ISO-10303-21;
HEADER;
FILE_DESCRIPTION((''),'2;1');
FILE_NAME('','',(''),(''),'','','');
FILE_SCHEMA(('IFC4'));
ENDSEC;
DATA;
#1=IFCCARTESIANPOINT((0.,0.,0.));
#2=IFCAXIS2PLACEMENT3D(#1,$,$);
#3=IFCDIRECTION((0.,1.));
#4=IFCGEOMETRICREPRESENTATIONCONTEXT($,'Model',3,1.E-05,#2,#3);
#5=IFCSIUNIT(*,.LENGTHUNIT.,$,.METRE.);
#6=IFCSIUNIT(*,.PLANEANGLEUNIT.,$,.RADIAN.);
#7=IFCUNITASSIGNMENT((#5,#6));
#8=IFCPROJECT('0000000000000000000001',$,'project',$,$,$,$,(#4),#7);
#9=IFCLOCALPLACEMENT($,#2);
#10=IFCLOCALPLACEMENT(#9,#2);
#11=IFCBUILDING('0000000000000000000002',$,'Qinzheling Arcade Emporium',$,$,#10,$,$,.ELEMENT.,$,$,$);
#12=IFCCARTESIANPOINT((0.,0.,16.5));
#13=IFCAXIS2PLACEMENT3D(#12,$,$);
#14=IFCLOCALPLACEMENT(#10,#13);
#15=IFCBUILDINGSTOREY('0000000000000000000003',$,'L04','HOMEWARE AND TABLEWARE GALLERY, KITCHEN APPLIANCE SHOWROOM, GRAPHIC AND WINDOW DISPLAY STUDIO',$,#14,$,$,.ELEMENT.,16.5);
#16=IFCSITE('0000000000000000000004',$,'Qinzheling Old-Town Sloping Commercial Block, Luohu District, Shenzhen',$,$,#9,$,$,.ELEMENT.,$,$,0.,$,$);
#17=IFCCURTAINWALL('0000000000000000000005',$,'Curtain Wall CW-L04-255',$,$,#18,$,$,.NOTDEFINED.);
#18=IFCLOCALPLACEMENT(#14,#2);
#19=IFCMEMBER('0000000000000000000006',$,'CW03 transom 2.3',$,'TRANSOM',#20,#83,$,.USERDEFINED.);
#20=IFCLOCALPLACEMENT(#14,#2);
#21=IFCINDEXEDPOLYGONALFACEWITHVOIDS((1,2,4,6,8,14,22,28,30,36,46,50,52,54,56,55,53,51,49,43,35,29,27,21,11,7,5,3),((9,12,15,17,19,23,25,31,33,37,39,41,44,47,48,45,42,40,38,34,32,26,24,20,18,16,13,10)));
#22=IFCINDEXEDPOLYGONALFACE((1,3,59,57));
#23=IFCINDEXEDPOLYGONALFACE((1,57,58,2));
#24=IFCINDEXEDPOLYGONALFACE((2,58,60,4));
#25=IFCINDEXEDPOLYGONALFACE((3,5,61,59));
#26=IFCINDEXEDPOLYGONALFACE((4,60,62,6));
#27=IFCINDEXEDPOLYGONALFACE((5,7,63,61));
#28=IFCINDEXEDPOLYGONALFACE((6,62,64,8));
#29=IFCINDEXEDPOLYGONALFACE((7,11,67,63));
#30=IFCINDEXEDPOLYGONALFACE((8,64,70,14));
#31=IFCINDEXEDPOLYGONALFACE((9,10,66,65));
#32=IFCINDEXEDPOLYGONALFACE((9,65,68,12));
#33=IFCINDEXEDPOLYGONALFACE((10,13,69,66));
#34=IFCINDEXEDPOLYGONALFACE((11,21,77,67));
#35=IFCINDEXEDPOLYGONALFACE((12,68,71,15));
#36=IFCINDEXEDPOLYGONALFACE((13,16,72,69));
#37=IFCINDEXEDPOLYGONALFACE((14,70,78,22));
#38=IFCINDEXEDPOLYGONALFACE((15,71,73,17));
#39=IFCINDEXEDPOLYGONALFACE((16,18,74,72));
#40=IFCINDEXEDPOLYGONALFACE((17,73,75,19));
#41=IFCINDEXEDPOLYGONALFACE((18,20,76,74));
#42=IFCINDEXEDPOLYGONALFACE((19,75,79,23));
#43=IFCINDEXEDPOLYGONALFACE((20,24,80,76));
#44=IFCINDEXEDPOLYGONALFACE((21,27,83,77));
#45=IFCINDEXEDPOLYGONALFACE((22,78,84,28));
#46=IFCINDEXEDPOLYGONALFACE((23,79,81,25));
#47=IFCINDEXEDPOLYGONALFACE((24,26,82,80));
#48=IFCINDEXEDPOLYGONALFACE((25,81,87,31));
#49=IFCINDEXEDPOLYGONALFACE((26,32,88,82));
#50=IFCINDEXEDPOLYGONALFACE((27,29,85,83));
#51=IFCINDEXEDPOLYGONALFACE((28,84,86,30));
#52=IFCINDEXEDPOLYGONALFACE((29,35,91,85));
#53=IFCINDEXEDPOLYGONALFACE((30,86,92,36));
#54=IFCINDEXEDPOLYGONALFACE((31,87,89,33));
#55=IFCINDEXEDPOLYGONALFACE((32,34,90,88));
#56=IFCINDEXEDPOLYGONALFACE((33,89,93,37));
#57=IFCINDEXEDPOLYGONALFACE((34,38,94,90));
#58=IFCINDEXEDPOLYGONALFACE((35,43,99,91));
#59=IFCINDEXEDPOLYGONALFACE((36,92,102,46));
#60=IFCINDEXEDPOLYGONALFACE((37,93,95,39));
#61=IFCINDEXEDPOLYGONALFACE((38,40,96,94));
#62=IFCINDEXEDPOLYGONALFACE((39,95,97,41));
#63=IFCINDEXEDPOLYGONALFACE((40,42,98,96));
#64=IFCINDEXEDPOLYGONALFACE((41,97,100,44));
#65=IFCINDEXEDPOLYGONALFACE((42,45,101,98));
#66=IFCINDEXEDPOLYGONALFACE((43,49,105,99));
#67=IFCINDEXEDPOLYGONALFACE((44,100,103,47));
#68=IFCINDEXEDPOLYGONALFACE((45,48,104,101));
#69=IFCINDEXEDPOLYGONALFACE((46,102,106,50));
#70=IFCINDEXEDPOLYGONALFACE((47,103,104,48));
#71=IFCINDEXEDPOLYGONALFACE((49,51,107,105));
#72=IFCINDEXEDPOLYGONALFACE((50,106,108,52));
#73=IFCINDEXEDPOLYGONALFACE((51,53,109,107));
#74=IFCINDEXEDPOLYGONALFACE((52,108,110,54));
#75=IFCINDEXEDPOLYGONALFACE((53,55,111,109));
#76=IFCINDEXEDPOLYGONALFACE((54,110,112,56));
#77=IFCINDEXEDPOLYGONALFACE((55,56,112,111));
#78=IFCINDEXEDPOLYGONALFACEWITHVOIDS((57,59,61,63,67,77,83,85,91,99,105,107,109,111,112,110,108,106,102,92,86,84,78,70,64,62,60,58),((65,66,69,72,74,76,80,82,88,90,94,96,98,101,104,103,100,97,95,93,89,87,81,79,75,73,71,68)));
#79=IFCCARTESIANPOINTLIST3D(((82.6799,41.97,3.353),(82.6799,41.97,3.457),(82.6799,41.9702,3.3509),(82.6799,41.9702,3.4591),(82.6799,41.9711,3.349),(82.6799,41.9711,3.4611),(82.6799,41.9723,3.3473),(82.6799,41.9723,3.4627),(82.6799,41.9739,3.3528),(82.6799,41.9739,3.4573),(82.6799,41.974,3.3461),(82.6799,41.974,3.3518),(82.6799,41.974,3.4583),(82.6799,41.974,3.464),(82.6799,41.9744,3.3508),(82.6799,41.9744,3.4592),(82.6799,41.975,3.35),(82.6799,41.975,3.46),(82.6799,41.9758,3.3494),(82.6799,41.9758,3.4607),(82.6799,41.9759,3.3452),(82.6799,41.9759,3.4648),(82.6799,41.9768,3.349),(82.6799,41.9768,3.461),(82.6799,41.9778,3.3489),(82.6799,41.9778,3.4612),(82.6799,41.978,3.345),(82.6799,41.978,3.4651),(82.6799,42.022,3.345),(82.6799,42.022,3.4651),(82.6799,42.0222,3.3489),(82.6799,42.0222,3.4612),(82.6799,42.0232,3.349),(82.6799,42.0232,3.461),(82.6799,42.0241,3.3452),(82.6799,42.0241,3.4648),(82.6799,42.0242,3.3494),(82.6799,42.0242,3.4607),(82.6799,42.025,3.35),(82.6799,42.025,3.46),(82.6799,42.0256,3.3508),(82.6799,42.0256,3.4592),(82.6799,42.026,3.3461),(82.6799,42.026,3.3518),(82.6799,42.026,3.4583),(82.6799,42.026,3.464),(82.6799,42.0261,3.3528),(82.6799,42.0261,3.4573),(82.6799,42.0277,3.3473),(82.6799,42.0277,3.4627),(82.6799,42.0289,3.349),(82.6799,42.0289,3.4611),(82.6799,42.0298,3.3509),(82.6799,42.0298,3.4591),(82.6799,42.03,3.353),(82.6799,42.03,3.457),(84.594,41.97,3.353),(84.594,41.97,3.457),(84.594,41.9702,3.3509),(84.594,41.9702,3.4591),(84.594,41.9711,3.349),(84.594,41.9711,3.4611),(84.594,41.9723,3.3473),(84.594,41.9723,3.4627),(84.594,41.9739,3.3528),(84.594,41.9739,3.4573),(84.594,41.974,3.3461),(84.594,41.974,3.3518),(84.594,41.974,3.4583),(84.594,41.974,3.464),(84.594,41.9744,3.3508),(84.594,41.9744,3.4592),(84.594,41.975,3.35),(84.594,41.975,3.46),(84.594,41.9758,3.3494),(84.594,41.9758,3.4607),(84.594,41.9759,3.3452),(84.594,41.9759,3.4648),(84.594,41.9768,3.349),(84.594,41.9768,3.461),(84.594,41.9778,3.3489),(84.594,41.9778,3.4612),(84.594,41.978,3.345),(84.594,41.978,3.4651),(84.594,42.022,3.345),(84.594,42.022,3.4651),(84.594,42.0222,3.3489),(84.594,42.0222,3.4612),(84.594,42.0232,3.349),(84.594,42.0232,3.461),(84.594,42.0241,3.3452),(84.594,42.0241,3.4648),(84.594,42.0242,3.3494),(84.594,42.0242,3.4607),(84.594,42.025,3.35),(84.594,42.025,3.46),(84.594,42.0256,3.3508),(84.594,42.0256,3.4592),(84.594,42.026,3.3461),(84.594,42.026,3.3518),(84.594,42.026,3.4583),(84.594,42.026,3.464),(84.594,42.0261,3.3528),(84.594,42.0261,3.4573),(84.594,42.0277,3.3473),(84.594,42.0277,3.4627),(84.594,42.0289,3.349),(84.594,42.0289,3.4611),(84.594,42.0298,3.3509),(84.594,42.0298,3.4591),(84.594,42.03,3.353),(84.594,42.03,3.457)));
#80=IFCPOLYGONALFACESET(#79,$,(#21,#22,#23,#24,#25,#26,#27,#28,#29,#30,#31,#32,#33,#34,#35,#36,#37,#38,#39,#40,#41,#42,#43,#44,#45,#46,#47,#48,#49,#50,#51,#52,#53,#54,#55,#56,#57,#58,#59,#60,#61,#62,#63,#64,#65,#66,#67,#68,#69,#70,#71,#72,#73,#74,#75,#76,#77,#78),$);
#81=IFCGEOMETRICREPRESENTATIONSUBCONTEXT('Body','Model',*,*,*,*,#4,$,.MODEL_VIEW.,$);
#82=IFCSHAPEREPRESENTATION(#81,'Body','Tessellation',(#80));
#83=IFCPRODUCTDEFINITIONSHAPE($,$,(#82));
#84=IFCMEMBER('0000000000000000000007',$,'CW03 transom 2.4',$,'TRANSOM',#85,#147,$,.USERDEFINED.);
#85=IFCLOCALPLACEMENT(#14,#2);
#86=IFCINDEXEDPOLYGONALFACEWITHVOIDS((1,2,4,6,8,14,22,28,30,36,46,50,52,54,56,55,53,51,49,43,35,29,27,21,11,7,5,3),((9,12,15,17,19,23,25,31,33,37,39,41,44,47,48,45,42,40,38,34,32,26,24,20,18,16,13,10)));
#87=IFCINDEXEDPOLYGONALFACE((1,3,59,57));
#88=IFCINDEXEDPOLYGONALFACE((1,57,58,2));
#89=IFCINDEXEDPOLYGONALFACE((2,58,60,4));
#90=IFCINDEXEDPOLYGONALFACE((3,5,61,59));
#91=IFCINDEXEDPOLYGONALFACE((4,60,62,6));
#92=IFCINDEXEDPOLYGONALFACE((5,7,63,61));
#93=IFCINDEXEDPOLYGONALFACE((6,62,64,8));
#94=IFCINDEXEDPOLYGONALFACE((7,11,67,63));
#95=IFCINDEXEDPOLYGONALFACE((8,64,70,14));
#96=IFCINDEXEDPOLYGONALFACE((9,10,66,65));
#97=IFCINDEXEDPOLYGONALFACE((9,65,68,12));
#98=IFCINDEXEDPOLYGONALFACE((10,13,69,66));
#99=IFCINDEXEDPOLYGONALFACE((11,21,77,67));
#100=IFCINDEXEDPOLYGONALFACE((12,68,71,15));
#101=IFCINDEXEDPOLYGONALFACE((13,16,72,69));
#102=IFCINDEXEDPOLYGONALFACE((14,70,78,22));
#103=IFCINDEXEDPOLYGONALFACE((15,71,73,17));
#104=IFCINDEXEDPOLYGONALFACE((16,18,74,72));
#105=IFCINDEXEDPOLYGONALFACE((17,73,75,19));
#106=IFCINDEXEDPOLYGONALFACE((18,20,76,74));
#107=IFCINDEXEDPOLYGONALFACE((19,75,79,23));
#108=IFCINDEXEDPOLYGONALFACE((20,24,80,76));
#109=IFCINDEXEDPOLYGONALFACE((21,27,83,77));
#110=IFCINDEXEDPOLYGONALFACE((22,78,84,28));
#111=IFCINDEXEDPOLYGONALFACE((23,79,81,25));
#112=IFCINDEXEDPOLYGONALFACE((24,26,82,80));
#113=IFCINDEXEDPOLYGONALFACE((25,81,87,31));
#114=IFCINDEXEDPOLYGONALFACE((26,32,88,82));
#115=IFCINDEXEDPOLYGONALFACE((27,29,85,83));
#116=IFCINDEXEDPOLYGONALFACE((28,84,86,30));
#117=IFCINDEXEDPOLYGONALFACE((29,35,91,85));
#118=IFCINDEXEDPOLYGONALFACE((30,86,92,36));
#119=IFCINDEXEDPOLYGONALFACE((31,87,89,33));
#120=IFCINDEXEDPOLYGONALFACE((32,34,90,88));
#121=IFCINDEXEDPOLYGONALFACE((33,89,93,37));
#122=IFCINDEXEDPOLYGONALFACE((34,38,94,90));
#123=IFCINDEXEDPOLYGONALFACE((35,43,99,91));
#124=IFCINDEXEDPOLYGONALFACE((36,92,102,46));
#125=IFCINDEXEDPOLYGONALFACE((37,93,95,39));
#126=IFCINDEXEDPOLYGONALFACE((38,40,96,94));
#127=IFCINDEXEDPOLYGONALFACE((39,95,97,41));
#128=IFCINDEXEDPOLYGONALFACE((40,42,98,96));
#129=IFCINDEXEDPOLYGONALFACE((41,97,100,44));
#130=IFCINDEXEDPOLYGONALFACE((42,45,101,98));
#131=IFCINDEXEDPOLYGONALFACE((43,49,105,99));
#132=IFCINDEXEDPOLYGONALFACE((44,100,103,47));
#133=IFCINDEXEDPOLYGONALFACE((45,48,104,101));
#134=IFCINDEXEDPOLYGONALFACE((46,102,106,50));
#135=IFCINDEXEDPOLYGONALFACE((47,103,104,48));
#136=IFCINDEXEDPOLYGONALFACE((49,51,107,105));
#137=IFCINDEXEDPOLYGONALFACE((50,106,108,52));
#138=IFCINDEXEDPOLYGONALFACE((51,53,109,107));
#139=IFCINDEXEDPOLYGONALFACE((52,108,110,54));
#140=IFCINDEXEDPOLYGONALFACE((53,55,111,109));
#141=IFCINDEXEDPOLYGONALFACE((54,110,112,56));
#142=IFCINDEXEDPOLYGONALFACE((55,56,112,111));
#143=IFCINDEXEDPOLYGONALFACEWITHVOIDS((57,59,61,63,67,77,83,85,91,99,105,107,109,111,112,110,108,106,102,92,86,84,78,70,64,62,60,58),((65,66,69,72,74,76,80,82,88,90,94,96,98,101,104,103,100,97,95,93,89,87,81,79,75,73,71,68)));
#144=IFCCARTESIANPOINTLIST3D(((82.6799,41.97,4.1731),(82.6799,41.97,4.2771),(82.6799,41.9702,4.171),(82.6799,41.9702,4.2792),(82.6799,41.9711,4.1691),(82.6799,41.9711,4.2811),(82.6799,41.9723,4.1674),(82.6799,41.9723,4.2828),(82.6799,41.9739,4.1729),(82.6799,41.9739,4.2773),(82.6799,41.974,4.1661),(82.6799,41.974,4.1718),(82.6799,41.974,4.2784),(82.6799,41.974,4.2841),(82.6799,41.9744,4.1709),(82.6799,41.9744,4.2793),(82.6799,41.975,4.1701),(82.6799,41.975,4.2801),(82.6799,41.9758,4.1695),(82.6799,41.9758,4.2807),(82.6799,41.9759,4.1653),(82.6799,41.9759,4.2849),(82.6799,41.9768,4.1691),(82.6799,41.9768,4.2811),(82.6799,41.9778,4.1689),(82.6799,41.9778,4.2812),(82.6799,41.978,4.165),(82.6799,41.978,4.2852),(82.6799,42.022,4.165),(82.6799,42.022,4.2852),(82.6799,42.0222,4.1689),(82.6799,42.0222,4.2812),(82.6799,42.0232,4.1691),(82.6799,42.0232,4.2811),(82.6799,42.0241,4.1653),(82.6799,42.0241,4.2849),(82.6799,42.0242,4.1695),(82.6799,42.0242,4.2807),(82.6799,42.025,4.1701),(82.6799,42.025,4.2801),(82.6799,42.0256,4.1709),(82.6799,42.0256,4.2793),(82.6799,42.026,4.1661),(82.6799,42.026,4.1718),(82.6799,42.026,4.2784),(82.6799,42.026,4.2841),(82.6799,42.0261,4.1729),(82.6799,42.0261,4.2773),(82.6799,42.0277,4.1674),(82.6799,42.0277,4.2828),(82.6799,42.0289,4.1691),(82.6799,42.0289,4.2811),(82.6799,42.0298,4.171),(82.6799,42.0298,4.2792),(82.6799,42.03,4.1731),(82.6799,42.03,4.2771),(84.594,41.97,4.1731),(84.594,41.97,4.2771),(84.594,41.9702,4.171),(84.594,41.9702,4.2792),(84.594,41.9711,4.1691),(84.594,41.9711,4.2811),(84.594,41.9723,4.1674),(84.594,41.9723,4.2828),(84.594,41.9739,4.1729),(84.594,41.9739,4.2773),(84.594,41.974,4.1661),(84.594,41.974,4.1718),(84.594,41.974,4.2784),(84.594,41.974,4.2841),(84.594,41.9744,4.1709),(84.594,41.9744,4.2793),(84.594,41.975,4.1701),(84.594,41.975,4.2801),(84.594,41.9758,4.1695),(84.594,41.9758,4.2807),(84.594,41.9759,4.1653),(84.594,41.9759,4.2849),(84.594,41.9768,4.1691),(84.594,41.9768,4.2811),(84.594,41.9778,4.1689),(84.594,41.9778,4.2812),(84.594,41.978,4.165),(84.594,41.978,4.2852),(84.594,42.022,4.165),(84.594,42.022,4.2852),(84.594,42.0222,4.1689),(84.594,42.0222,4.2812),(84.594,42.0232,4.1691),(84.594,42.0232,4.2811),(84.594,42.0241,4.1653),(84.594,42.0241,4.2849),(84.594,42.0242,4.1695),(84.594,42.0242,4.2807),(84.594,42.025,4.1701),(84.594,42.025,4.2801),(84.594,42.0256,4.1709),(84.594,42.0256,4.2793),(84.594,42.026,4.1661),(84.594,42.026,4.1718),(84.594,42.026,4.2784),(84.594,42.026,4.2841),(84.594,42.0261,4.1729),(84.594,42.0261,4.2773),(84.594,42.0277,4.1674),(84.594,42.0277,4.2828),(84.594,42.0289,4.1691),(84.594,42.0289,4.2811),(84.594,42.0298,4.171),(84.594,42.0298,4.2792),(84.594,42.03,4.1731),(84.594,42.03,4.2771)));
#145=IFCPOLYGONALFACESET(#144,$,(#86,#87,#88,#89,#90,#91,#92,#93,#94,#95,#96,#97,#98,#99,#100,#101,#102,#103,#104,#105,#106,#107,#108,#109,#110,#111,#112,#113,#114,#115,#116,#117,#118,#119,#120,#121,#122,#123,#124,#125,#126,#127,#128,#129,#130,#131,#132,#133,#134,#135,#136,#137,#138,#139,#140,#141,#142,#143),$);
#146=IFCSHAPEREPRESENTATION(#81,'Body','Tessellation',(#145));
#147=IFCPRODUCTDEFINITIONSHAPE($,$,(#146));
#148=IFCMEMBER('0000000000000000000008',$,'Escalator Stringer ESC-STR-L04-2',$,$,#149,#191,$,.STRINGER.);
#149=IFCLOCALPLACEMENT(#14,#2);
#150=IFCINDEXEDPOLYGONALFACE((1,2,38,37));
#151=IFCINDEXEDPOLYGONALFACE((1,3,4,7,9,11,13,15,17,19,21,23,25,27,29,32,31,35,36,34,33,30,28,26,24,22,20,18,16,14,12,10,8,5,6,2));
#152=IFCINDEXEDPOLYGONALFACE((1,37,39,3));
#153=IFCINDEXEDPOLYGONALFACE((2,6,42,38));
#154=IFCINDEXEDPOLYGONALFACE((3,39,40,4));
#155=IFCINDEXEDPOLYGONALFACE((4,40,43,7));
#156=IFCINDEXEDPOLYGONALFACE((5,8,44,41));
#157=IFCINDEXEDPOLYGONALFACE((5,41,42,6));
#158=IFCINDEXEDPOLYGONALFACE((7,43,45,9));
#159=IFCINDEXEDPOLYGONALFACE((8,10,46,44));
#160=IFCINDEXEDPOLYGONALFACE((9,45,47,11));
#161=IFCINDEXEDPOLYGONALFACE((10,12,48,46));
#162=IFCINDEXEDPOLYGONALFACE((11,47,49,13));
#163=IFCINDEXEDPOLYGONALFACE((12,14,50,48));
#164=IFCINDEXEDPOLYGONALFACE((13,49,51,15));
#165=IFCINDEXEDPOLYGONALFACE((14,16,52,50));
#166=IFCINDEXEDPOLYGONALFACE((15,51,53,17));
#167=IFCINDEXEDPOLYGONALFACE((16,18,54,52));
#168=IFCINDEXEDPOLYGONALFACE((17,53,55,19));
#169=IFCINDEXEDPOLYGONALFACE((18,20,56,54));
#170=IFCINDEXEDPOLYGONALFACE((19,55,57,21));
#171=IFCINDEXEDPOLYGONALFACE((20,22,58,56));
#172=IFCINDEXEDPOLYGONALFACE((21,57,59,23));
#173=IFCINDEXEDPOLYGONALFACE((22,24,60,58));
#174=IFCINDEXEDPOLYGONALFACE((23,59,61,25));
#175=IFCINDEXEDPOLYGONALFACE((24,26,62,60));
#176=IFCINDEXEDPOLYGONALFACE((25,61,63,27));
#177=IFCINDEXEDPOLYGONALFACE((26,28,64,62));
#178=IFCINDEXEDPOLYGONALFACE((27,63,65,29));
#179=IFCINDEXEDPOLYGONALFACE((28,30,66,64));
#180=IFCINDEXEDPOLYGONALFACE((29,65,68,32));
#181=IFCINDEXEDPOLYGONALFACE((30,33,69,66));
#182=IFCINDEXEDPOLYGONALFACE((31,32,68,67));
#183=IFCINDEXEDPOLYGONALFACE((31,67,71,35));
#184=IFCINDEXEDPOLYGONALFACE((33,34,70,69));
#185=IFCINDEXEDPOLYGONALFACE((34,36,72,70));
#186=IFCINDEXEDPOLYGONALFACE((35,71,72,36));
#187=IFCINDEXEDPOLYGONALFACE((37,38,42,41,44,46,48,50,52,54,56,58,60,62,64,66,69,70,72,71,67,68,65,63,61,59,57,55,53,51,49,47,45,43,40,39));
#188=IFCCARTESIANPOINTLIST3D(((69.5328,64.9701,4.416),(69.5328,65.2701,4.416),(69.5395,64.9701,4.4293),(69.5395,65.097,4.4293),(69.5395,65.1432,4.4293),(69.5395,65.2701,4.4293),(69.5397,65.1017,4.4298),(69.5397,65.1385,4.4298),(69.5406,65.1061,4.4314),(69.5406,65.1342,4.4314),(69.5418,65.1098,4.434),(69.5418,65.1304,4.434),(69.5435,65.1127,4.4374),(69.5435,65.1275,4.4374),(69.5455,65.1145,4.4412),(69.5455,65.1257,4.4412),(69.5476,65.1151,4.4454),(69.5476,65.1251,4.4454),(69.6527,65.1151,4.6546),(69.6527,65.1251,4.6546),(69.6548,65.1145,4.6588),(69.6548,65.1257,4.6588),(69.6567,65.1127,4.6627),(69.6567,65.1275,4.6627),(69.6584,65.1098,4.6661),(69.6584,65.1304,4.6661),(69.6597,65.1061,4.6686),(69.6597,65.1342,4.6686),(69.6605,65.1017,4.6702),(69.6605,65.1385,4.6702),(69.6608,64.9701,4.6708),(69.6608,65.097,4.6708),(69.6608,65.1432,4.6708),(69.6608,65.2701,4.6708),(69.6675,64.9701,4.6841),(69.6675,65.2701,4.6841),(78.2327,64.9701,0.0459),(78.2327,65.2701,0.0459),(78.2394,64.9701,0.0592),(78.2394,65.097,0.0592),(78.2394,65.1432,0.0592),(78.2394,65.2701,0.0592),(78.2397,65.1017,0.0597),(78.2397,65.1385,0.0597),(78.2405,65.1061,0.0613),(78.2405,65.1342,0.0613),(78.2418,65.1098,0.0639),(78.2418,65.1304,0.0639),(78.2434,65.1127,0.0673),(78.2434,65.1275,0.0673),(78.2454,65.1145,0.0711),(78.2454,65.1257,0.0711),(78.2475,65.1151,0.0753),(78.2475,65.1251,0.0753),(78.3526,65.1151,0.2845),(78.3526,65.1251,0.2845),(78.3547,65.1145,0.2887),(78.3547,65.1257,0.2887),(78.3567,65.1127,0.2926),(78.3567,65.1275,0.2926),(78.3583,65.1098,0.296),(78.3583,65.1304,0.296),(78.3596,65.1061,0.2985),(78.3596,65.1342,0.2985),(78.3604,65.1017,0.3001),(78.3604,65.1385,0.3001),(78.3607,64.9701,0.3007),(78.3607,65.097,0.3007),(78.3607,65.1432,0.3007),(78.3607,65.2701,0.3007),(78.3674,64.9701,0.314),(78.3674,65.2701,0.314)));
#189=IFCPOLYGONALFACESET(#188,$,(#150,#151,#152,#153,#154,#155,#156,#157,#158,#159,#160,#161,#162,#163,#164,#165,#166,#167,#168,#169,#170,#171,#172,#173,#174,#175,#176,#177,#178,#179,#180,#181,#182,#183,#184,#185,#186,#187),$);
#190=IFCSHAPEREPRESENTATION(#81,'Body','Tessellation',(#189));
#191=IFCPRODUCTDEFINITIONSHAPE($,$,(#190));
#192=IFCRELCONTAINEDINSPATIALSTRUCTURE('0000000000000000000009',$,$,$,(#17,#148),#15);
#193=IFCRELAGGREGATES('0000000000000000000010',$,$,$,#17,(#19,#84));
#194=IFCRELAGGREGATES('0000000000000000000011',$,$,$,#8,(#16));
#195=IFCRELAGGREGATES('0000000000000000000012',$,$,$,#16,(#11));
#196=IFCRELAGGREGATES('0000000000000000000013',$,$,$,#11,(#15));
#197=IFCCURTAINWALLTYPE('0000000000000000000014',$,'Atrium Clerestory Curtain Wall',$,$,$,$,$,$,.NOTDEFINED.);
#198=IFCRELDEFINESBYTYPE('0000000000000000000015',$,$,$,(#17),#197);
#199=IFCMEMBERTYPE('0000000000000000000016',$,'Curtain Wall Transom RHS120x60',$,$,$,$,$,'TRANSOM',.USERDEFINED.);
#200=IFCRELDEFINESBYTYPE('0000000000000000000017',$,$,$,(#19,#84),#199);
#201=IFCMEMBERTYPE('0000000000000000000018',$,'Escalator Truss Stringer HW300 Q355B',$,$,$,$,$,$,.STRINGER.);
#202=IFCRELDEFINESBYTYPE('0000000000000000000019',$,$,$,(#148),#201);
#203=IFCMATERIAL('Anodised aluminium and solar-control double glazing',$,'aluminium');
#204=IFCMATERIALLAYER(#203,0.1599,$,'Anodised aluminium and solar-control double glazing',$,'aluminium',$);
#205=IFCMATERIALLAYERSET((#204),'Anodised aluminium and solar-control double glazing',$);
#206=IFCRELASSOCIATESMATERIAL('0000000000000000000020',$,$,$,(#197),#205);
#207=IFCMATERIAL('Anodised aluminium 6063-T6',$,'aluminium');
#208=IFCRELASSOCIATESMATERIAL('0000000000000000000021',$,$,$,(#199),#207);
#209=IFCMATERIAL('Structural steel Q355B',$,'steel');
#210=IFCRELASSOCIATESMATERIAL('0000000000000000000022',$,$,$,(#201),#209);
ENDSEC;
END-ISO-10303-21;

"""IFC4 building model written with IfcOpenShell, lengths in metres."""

from ifc_helpers import new_model, si_unit, direction, frame, origin, origin_2d, place, context, subcontext, project, spatial, hollow_rectangle, i_section, extrude, material, layer, layer_set, material_profile, profile_set, type_object, element, aggregate, save


model = new_model("IFC4")

# Units and contexts
model_context = context("Model", 3, precision=1e-05, world=origin(), true_north=direction((0.0, 1.0)))
body_context = subcontext(model_context, "Body", "Model", "MODEL_VIEW")
ifc_project = project(units=[si_unit("LENGTHUNIT", "METRE"), si_unit("PLANEANGLEUNIT", "RADIAN")], contexts=[model_context])

# Site, building, storey
site_placement = place(None, origin())
site = spatial("IfcSite", under=ifc_project, at=site_placement, Name="Qinzheling Old-Town Sloping Commercial Block, Luohu District, Shenzhen", CompositionType="ELEMENT", RefElevation=0.0)
building_placement = place(site_placement, origin())
building = spatial("IfcBuilding", under=site, at=building_placement, Name="Qinzheling Arcade Emporium", CompositionType="ELEMENT")
storey_placement = place(building_placement, frame((0.0, 0.0, 16.5)))
storey = spatial("IfcBuildingStorey", under=building, at=storey_placement, Name="L04", Description="HOMEWARE AND TABLEWARE GALLERY, KITCHEN APPLIANCE SHOWROOM, GRAPHIC AND WINDOW DISPLAY STUDIO", CompositionType="ELEMENT", Elevation=16.5)

# Curtain wall, members
ifc_material_1 = material(Name="Anodised aluminium and solar-control double glazing", Category="aluminium")
ifc_layer_1 = layer(ifc_material_1, 0.1599, Name="Anodised aluminium and solar-control double glazing", Category="aluminium")
ifc_layer_set_1 = layer_set([ifc_layer_1], Name="Anodised aluminium and solar-control double glazing")
curtain_wall_type = type_object("IfcCurtainWallType", Name="Atrium Clerestory Curtain Wall", PredefinedType="NOTDEFINED", material=ifc_layer_set_1)
curtain_wall_placement = place(storey_placement, origin())
curtain_wall = element("IfcCurtainWall", 1, at=curtain_wall_placement, inside=storey, type_object=curtain_wall_type, Name="Curtain Wall CW-L04-255", PredefinedType="NOTDEFINED")
ifc_material_2 = material(Name="Anodised aluminium 6063-T6", Category="aluminium")
ifc_material_profile_1 = material_profile(ifc_material_2, hollow_rectangle(XDim=0.0601, YDim=0.1201, WallThickness=0.0039, InnerFilletRadius=0.0039, OuterFilletRadius=0.0081, at=origin_2d()), Name="RHS 120x60x4", Category="aluminium")
ifc_profile_set_1 = profile_set([ifc_material_profile_1], Name="Anodised aluminium 6063-T6")
member_type_1 = type_object("IfcMemberType", Name="Curtain Wall Transom RHS120x60", ElementType="TRANSOM", PredefinedType="USERDEFINED", material=ifc_profile_set_1)
member_1_placement = place(storey_placement, frame((84.594, 42.0, 3.405), z_axis=(-1.0, 0.0, 0.0), x_axis=(0.0, -1.0, 0.0)))
member_1 = element("IfcMember", 2, at=member_1_placement, type_object=member_type_1, Name="CW03 transom 2.3", ObjectType="TRANSOM", PredefinedType="USERDEFINED", context=body_context, shape_type="SweptSolid", body=[
    extrude(hollow_rectangle(XDim=0.0601, YDim=0.1201, WallThickness=0.0039, InnerFilletRadius=0.0039, OuterFilletRadius=0.0081, at=origin_2d()), origin(), (0.0, 0.0, 1.0), 1.9141),
])
member_2_placement = place(storey_placement, frame((84.594, 42.0, 4.2251), z_axis=(-1.0, 0.0, 0.0), x_axis=(0.0, -1.0, 0.0)))
member_2 = element("IfcMember", 3, at=member_2_placement, type_object=member_type_1, Name="CW03 transom 2.4", ObjectType="TRANSOM", PredefinedType="USERDEFINED", context=body_context, shape_type="SweptSolid", body=[
    extrude(hollow_rectangle(XDim=0.0601, YDim=0.1201, WallThickness=0.0039, InnerFilletRadius=0.0039, OuterFilletRadius=0.0081, at=origin_2d()), origin(), (0.0, 0.0, 1.0), 1.9141),
])
aggregate(curtain_wall, [member_1, member_2])

# Member
ifc_material_3 = material(Name="Structural steel Q355B", Category="steel")
ifc_material_profile_2 = material_profile(ifc_material_3, i_section(OverallWidth=0.3, OverallDepth=0.3, WebThickness=0.01, FlangeThickness=0.0149, FilletRadius=0.0181, at=origin_2d()), Name="HW 300x300x10x15", Category="steel")
ifc_profile_set_2 = profile_set([ifc_material_profile_2], Name="Structural steel Q355B")
member_type_2 = type_object("IfcMemberType", Name="Escalator Truss Stringer HW300 Q355B", PredefinedType="STRINGER", material=ifc_profile_set_2)
member_3_placement = place(storey_placement, frame((78.3, 65.1201, 0.1799), z_axis=(-0.893598, 0.0, 0.448868), x_axis=(0.0, -1.0, 0.0)))
element("IfcMember", 4, at=member_3_placement, inside=storey, type_object=member_type_2, Name="Escalator Stringer ESC-STR-L04-2", PredefinedType="STRINGER", context=body_context, shape_type="SweptSolid", body=[
    extrude(i_section(OverallWidth=0.3, OverallDepth=0.3, WebThickness=0.01, FlangeThickness=0.0149, FilletRadius=0.0181, at=origin_2d()), origin(), (0.0, 0.0, 1.0), 9.7358),
])

save(model, "model.ifc")
